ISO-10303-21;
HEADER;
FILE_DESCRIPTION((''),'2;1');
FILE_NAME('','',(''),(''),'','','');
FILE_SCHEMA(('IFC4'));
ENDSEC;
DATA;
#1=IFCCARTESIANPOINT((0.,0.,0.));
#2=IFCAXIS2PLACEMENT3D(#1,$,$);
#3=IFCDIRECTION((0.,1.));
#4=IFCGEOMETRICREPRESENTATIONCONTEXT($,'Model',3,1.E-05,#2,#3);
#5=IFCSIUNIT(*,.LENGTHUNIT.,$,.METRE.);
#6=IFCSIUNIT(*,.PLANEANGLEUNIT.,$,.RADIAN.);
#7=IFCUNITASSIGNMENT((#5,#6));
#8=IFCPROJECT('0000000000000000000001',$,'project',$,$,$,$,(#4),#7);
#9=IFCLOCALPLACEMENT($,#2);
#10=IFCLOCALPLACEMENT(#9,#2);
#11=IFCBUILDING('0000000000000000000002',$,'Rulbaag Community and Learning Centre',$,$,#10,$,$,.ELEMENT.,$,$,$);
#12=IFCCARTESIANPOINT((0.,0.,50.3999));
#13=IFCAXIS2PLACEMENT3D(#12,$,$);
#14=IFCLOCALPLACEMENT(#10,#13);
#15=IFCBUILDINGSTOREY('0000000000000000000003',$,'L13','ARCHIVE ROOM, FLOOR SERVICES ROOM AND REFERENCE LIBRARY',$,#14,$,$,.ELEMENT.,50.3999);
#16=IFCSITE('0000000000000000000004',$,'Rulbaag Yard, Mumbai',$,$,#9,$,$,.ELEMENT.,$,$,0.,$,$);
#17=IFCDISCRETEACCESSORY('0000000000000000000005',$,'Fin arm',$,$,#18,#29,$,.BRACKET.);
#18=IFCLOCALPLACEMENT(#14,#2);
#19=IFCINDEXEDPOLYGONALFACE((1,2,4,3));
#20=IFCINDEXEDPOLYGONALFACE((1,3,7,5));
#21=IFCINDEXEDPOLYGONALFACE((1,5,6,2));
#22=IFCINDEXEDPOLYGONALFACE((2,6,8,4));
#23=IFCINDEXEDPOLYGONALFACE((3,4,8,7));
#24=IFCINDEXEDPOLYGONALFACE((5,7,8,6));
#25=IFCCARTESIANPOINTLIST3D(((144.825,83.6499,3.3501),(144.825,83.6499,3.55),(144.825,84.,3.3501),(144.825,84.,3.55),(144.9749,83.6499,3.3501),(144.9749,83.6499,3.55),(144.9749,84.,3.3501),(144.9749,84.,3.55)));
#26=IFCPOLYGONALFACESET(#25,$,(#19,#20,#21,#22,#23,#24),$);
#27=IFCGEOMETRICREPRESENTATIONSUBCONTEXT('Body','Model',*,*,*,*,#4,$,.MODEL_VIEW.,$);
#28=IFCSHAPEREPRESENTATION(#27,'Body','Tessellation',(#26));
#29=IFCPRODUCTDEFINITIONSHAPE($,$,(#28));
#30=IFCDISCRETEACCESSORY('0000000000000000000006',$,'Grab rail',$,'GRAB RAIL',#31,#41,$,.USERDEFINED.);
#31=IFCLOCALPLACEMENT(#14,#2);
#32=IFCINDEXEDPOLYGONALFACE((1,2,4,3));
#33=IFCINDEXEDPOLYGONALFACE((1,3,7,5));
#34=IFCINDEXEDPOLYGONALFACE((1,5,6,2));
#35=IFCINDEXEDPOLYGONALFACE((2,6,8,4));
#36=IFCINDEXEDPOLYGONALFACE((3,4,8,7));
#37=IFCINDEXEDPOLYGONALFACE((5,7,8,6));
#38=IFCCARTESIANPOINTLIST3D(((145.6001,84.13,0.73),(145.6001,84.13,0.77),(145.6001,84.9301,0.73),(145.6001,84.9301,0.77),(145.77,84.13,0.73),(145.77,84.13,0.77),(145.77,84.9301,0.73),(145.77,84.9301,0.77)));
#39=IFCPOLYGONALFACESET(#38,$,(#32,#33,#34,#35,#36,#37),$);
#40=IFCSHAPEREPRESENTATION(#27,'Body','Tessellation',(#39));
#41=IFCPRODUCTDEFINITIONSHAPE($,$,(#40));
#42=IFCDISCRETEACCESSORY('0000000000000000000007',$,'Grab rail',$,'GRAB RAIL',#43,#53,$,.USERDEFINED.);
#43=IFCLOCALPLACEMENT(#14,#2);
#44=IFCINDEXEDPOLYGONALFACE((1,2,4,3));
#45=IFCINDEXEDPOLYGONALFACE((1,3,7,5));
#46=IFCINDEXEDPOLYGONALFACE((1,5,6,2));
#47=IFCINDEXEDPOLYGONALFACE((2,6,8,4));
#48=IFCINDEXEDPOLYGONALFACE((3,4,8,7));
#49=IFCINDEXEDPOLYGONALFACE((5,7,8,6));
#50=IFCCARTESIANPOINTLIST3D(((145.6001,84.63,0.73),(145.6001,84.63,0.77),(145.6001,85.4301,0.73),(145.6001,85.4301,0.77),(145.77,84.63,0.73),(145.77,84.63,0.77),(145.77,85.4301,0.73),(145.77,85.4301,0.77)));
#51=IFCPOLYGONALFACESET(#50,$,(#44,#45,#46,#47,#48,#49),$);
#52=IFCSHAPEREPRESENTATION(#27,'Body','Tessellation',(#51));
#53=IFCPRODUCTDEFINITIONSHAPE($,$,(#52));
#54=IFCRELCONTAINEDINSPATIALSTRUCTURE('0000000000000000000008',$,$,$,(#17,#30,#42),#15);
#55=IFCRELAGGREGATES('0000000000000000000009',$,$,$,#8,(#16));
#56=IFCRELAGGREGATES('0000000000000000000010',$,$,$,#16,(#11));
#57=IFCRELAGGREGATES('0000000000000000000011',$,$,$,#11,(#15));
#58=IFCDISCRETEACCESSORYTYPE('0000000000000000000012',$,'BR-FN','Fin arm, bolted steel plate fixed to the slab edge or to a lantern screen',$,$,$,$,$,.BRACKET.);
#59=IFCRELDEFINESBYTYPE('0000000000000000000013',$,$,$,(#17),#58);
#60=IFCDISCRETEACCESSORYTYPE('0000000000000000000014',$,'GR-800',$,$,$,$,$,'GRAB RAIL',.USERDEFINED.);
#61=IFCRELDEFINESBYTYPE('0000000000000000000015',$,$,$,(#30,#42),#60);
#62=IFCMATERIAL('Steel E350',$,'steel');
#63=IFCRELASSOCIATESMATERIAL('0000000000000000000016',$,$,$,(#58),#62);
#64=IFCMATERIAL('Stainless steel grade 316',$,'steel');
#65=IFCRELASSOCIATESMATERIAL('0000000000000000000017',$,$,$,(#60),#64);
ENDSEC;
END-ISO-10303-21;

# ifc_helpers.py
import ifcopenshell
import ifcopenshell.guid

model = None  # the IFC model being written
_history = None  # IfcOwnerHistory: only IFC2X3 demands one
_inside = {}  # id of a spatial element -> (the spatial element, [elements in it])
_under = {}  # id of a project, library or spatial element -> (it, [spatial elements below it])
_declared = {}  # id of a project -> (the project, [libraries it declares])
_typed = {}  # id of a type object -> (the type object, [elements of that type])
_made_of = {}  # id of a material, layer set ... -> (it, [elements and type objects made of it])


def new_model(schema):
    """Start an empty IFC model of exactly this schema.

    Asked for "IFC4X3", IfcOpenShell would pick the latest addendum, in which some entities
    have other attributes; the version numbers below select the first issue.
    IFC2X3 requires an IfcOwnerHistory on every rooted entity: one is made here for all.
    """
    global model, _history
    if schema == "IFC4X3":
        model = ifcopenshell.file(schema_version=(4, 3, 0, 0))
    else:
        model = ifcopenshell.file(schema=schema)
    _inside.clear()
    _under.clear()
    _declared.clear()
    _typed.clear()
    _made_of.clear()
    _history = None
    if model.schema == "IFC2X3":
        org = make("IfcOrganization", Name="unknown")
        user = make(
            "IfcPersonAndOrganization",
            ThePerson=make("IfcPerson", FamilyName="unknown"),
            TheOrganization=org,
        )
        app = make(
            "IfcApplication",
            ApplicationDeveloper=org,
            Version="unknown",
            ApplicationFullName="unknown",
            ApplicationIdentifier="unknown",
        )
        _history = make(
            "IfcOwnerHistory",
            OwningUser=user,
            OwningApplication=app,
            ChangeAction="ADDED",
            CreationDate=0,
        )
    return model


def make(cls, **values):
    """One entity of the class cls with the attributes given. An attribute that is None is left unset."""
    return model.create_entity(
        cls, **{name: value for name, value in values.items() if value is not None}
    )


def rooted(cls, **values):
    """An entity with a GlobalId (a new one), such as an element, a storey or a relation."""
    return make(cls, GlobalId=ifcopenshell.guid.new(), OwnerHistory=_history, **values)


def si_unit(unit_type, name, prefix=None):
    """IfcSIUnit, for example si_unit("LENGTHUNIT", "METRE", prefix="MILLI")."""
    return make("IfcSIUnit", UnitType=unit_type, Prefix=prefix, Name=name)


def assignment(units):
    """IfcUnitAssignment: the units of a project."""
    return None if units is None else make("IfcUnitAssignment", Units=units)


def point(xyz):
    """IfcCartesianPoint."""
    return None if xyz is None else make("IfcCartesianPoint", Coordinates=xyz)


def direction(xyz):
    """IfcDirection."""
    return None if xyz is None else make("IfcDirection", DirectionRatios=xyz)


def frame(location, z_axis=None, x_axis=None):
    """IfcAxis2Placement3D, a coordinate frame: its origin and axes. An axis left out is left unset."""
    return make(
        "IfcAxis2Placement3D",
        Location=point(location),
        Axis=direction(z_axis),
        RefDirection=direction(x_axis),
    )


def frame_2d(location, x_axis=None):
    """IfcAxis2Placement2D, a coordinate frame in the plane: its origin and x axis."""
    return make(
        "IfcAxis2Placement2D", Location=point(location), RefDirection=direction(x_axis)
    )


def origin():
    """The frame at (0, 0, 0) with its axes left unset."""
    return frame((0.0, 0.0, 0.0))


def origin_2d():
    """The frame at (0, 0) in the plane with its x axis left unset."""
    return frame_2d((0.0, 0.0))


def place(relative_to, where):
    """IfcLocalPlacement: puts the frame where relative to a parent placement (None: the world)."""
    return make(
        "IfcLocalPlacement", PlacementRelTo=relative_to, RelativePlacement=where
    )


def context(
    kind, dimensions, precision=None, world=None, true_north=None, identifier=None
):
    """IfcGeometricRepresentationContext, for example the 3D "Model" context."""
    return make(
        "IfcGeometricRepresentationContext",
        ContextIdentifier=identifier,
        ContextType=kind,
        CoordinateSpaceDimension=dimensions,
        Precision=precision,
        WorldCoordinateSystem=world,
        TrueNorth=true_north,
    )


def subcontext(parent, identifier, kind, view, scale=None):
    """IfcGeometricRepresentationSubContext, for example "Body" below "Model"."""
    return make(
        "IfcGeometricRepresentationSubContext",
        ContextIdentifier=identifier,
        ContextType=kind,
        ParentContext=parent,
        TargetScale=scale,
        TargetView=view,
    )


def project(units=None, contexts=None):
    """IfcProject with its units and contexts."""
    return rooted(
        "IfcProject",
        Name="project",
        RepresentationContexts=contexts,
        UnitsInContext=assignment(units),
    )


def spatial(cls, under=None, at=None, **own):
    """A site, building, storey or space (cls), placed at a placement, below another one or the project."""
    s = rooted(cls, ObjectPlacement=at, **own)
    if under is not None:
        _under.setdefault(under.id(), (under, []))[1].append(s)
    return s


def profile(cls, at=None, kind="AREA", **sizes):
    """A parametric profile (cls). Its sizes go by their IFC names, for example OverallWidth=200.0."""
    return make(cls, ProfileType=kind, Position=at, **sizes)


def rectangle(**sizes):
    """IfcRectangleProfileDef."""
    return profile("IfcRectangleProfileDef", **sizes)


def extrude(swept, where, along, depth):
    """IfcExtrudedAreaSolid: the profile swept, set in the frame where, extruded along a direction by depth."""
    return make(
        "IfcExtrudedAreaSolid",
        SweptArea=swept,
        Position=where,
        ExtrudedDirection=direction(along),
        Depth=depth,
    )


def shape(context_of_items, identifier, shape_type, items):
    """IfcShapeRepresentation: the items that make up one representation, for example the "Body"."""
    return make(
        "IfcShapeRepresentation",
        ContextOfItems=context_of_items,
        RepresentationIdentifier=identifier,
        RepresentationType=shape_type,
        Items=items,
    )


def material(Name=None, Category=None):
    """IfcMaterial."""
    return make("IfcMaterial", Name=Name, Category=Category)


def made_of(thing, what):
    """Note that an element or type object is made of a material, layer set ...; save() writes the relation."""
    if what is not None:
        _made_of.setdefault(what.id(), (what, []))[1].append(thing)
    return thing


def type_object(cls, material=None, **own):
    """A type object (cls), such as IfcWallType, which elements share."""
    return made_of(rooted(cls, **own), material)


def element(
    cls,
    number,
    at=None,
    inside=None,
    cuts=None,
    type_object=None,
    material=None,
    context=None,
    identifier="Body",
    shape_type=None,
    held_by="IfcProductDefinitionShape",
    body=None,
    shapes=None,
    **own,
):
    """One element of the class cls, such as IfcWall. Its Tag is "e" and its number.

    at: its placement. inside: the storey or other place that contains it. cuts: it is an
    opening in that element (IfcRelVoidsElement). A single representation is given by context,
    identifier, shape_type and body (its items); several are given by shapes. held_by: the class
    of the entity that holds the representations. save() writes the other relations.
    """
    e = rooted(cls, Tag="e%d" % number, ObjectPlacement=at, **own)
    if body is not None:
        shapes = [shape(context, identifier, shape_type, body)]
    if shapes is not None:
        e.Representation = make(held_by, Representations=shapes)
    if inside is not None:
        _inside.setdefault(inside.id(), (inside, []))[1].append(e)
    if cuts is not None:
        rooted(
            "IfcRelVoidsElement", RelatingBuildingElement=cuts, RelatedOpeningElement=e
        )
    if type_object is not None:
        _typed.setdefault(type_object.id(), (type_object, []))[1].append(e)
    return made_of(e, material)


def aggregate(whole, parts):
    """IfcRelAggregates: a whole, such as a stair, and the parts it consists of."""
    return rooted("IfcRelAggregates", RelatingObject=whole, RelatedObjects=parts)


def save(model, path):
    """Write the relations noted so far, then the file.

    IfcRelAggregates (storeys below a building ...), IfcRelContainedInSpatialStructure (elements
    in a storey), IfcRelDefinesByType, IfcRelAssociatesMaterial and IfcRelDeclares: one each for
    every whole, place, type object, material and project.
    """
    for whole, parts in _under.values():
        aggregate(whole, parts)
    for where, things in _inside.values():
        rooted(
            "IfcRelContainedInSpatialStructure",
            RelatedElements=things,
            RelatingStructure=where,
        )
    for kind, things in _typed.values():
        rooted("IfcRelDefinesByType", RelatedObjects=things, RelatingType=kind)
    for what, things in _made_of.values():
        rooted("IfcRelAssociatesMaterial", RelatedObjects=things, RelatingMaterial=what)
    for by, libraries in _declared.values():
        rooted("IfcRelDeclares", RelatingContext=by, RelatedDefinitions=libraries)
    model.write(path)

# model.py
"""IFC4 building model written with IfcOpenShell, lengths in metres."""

from ifc_helpers import new_model, si_unit, direction, frame, origin, origin_2d, place, context, subcontext, project, spatial, rectangle, extrude, material, type_object, element, save


model = new_model("IFC4")

# Units and contexts
model_context = context("Model", 3, precision=1e-05, world=origin(), true_north=direction((0.0, 1.0)))
body_context = subcontext(model_context, "Body", "Model", "MODEL_VIEW")
ifc_project = project(units=[si_unit("LENGTHUNIT", "METRE"), si_unit("PLANEANGLEUNIT", "RADIAN")], contexts=[model_context])

# Site, building, storey
site_placement = place(None, origin())
site = spatial("IfcSite", under=ifc_project, at=site_placement, Name="Rulbaag Yard, Mumbai", CompositionType="ELEMENT", RefElevation=0.0)
building_placement = place(site_placement, origin())
building = spatial("IfcBuilding", under=site, at=building_placement, Name="Rulbaag Community and Learning Centre", CompositionType="ELEMENT")
storey_placement = place(building_placement, frame((0.0, 0.0, 50.3999)))
storey = spatial("IfcBuildingStorey", under=building, at=storey_placement, Name="L13", Description="ARCHIVE ROOM, FLOOR SERVICES ROOM AND REFERENCE LIBRARY", CompositionType="ELEMENT", Elevation=50.3999)

# Discrete accessories
ifc_material_1 = material(Name="Steel E350", Category="steel")
discrete_accessory_type_1 = type_object("IfcDiscreteAccessoryType", Name="BR-FN", Description="Fin arm, bolted steel plate fixed to the slab edge or to a lantern screen", PredefinedType="BRACKET", material=ifc_material_1)
discrete_accessory_placement = place(storey_placement, frame((144.8999, 83.825, 3.3501), z_axis=(0.0, 0.0, 1.0), x_axis=(1.0, 0.0, 0.0)))
element("IfcDiscreteAccessory", 1, at=discrete_accessory_placement, inside=storey, type_object=discrete_accessory_type_1, Name="Fin arm", PredefinedType="BRACKET", context=body_context, shape_type="SweptSolid", body=[
    extrude(rectangle(XDim=0.1499, YDim=0.3501, at=origin_2d()), origin(), (0.0, 0.0, 1.0), 0.2),
])
ifc_material_2 = material(Name="Stainless steel grade 316", Category="steel")
discrete_accessory_type_2 = type_object("IfcDiscreteAccessoryType", Name="GR-800", ElementType="GRAB RAIL", PredefinedType="USERDEFINED", material=ifc_material_2)
for number, where, z_axis, x_axis, name in (
    (2, (145.6851, 84.53, 0.73), (0.0, 0.0, 1.0), (1.0, 0.0, 0.0), "Grab rail"),
    (3, (145.6851, 85.03, 0.73), (0.0, 0.0, 1.0), (1.0, 0.0, 0.0), "Grab rail"),
):
    element("IfcDiscreteAccessory", number, at=place(storey_placement, frame(where, z_axis=z_axis, x_axis=x_axis)), inside=storey, type_object=discrete_accessory_type_2, Name=name, ObjectType="GRAB RAIL", PredefinedType="USERDEFINED", context=body_context, shape_type="SweptSolid", body=[
        extrude(rectangle(XDim=0.1699, YDim=0.8, at=origin_2d()), origin(), (0.0, 0.0, 1.0), 0.04),
    ])

save(model, "model.ifc")
